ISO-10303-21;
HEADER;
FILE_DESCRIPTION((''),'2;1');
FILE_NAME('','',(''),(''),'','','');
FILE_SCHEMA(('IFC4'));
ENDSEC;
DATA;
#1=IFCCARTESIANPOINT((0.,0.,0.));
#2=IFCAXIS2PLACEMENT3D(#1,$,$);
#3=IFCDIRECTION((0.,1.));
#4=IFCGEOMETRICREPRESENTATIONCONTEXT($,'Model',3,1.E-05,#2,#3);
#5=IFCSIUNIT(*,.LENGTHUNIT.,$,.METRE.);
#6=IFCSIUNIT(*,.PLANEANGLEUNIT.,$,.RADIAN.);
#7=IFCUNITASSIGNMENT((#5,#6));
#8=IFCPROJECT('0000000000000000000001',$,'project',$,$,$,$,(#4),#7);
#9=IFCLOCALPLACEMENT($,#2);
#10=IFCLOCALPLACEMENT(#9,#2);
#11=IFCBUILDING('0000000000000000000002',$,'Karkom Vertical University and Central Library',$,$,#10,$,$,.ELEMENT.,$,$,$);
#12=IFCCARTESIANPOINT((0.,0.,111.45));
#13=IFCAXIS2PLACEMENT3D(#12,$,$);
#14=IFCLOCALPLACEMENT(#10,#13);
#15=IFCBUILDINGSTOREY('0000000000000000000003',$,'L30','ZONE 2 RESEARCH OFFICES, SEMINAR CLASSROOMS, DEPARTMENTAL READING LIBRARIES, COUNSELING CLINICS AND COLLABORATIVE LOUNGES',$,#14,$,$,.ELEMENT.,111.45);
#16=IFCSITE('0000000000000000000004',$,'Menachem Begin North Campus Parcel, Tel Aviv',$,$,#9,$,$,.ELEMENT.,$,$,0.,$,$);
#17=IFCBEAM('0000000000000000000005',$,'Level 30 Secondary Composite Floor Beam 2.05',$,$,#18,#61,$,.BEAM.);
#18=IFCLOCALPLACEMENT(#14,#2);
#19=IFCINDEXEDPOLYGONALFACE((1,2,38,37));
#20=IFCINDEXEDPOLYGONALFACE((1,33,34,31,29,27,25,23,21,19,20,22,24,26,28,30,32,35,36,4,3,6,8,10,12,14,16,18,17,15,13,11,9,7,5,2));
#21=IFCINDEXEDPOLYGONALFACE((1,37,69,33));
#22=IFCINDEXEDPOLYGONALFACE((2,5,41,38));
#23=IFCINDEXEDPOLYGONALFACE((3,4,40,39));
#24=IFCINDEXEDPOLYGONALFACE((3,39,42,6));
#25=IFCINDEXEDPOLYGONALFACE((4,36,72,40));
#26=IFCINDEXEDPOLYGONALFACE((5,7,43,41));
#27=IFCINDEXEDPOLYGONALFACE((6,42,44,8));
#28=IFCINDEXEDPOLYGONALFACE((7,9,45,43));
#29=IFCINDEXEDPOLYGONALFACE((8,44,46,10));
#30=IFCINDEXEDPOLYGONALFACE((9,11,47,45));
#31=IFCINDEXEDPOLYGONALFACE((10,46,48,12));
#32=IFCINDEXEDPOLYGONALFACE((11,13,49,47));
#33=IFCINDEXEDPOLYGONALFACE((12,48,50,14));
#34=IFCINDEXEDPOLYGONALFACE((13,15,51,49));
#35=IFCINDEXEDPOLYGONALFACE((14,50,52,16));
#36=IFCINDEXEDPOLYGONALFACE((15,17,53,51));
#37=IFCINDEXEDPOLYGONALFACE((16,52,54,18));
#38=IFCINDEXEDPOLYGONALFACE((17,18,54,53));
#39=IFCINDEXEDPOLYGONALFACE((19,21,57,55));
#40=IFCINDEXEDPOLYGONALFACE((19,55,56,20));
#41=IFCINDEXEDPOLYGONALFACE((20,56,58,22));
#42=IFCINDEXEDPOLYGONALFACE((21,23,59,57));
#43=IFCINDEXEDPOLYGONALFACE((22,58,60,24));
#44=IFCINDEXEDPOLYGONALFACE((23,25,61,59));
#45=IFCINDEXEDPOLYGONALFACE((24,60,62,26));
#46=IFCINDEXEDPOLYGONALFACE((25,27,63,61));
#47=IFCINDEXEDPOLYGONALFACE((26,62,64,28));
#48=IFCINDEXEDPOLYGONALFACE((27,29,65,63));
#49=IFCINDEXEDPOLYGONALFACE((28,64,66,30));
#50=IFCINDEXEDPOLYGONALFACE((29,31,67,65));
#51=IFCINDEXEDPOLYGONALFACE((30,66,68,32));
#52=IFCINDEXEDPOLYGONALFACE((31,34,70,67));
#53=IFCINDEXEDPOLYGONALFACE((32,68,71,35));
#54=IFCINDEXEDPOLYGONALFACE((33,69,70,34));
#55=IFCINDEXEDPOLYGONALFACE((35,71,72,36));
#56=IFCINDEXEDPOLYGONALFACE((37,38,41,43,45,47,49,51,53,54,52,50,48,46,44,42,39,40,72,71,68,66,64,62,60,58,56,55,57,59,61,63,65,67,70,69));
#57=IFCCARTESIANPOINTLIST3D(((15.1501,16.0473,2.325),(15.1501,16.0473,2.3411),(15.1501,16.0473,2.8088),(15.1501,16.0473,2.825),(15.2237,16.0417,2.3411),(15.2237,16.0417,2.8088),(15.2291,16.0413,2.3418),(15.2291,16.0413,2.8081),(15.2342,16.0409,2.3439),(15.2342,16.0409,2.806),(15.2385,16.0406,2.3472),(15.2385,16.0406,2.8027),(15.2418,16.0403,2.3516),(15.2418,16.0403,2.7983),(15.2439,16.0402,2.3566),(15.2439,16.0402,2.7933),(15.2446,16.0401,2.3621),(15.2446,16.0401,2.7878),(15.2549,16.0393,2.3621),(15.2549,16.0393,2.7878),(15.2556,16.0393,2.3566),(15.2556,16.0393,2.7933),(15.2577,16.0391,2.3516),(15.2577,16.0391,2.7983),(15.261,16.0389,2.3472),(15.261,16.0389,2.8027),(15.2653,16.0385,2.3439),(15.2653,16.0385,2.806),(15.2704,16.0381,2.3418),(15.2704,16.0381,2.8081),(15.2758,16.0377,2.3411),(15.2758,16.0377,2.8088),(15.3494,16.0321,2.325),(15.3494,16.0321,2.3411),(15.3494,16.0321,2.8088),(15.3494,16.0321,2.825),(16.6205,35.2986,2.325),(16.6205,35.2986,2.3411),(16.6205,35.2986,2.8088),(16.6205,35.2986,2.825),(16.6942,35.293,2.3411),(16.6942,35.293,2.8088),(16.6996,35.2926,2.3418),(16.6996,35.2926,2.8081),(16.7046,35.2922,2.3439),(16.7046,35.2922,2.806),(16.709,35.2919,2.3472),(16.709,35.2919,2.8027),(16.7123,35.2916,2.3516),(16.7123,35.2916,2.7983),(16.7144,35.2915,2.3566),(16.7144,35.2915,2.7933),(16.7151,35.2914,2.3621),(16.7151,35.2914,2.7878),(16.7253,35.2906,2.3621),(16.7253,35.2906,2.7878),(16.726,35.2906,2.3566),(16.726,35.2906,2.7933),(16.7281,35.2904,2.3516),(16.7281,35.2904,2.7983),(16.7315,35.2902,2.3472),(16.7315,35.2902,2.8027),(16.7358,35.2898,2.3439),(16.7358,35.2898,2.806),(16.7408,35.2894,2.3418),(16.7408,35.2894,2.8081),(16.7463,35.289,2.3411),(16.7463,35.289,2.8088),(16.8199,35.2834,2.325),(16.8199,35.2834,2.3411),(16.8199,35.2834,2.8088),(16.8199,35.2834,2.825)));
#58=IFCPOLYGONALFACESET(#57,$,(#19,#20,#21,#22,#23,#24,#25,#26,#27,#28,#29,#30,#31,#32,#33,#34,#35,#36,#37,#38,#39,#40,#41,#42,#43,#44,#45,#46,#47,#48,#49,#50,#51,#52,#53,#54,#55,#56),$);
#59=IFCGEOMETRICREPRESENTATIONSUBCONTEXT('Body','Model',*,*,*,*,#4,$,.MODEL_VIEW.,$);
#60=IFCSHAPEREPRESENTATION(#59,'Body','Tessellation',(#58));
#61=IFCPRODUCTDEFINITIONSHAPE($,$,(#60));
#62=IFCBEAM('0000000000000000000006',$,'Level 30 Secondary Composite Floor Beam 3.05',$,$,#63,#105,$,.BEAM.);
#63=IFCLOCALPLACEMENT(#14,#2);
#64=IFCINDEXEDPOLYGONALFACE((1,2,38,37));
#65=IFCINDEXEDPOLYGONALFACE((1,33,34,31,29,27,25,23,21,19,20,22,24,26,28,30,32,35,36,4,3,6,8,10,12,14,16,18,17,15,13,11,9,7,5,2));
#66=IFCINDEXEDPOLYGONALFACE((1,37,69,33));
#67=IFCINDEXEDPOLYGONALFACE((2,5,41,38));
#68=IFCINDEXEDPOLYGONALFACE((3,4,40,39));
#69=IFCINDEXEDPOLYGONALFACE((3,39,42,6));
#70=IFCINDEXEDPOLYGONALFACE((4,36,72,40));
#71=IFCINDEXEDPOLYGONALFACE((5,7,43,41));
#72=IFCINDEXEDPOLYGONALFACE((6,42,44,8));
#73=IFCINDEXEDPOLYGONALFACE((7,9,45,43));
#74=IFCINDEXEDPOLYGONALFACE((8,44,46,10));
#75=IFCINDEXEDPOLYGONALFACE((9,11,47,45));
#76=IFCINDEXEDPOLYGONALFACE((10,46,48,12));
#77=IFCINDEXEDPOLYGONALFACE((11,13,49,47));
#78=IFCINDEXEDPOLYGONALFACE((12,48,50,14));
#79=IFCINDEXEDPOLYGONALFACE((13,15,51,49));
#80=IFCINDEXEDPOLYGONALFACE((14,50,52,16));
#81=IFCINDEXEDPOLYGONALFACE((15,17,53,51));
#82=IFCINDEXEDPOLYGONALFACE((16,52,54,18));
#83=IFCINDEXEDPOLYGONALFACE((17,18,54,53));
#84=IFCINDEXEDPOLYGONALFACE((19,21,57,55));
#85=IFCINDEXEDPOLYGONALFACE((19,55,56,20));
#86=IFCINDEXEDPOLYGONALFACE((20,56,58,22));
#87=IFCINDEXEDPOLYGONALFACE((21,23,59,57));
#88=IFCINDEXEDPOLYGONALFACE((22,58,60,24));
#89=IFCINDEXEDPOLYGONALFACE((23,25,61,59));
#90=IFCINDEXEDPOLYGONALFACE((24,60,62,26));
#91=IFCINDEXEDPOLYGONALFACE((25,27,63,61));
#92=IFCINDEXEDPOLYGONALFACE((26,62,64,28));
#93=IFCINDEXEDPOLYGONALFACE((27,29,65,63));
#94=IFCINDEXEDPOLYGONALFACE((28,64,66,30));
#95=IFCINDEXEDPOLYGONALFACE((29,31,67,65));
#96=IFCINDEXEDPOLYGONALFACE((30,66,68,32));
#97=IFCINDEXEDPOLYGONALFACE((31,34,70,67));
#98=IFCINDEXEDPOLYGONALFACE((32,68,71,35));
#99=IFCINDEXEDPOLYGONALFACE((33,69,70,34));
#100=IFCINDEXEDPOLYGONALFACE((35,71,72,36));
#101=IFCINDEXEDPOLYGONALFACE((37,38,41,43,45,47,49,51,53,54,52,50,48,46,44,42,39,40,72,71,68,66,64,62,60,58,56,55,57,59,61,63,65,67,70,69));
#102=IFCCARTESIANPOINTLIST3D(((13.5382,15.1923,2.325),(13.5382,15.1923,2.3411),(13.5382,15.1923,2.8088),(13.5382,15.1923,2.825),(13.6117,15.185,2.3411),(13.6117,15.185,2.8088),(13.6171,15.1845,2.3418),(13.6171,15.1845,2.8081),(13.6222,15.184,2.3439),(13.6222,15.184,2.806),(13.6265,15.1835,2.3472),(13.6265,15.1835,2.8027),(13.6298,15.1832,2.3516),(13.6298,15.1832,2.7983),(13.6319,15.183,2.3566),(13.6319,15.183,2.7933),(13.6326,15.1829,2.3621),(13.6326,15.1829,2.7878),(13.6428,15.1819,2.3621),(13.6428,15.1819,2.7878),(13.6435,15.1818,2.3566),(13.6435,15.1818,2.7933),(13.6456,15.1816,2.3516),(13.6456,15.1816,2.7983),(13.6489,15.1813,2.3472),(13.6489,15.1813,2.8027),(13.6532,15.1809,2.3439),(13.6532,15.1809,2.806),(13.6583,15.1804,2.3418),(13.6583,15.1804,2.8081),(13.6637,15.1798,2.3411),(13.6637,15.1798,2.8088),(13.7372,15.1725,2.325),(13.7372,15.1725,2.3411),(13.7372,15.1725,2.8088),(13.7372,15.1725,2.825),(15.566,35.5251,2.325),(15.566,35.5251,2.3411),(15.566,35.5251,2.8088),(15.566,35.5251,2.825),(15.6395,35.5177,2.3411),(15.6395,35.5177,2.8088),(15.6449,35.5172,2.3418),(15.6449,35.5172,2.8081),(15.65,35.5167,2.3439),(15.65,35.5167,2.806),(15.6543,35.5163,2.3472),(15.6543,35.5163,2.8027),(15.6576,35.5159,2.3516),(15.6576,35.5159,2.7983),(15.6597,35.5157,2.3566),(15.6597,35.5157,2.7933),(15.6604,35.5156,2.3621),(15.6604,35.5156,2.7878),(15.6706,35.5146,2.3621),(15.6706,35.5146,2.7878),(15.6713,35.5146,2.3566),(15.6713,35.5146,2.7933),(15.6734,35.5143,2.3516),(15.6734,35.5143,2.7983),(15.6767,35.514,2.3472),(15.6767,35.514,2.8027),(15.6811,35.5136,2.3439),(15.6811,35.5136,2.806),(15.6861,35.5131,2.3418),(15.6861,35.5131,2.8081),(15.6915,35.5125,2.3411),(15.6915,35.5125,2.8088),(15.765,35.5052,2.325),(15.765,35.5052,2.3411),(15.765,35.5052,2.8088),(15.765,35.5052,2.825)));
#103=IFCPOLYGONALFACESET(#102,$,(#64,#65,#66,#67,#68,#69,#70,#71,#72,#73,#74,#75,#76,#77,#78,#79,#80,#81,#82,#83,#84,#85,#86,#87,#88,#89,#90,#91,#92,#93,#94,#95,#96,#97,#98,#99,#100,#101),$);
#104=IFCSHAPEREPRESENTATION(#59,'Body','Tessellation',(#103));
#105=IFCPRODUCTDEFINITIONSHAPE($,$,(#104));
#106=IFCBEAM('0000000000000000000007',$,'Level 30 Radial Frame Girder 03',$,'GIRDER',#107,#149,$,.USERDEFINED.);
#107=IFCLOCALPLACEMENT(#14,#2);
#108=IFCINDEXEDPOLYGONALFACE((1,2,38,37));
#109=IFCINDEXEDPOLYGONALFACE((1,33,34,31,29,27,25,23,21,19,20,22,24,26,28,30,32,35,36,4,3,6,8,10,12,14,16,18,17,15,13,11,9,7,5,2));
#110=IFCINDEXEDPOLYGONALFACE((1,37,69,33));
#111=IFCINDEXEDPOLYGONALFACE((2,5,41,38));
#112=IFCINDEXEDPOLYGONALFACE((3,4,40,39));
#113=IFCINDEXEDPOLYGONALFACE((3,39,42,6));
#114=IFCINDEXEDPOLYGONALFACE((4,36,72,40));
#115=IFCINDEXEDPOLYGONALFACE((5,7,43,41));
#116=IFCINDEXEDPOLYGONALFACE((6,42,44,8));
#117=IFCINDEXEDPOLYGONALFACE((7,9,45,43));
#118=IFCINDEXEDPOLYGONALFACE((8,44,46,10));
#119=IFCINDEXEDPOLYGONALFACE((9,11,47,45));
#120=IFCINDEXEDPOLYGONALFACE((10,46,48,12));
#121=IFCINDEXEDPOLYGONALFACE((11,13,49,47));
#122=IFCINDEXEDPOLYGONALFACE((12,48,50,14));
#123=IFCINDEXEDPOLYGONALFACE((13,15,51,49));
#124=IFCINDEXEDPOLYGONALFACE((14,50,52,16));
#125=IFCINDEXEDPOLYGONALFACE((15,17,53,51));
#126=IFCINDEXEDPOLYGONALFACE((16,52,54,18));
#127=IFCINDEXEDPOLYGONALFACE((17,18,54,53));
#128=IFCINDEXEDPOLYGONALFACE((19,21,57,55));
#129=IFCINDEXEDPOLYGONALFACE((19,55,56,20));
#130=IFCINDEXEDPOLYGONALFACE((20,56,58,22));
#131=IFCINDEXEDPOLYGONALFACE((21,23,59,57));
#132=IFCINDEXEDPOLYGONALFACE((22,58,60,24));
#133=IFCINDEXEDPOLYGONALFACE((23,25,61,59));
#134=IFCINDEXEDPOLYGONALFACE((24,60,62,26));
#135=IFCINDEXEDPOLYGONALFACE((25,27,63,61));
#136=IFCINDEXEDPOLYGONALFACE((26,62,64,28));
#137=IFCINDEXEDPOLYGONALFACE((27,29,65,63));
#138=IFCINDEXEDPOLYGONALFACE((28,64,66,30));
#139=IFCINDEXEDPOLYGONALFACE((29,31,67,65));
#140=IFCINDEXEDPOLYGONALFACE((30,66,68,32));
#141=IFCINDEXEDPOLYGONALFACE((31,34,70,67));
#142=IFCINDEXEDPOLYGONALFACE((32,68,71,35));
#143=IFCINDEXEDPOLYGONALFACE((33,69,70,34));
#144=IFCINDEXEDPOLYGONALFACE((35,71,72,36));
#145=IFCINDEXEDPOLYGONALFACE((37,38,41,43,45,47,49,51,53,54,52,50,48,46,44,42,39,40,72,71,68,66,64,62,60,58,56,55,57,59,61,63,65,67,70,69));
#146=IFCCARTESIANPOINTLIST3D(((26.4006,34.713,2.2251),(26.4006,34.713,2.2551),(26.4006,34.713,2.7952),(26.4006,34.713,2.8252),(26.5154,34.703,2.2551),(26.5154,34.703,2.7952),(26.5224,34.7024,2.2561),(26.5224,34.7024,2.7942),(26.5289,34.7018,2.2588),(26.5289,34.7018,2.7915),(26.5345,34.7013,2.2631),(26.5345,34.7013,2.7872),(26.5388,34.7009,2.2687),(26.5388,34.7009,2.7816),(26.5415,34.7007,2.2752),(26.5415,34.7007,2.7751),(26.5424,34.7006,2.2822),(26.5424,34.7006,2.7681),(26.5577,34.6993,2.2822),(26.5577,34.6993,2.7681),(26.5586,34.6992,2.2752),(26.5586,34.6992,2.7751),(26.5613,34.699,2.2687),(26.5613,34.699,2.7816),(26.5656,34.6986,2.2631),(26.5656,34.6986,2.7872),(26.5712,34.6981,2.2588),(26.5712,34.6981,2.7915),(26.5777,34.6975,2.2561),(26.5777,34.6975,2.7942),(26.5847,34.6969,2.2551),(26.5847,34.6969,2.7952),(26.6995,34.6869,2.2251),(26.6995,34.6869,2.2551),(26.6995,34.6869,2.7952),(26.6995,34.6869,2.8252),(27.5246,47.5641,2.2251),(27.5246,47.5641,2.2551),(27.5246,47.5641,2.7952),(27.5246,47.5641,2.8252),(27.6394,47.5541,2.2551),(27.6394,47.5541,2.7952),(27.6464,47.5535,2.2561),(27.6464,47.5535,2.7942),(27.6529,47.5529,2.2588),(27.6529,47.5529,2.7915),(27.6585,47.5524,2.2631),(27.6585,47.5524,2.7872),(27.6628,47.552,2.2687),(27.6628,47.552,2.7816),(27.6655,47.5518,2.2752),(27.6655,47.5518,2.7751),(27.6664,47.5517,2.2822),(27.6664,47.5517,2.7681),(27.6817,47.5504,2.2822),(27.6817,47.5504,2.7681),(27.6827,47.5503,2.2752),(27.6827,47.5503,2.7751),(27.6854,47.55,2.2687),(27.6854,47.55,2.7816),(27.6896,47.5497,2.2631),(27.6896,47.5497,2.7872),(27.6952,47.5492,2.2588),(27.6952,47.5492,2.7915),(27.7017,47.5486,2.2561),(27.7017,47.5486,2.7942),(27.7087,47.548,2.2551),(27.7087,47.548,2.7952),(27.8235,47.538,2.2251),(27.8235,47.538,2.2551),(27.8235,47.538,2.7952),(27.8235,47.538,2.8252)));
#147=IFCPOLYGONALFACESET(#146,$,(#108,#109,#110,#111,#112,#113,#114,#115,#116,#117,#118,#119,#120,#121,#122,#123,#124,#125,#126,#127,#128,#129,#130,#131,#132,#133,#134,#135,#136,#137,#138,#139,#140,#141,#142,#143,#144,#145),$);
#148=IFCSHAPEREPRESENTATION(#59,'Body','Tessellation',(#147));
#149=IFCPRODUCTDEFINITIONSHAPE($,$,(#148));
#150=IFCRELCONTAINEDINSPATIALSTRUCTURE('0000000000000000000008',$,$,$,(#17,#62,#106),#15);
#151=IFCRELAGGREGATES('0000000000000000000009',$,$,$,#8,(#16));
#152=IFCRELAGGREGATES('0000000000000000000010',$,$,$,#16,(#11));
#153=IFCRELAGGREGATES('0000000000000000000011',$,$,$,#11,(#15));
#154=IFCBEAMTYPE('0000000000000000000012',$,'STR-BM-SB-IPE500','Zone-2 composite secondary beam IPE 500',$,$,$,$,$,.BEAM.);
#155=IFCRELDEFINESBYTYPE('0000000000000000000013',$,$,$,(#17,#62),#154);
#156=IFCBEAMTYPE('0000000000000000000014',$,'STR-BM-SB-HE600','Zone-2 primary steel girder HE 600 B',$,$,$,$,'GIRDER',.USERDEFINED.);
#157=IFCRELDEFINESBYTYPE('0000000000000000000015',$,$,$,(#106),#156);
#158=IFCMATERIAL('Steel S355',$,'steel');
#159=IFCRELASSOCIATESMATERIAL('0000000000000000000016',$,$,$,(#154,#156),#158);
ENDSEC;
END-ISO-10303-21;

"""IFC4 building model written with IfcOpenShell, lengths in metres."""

from ifc_helpers import new_model, si_unit, direction, frame, origin, origin_with_axes, origin_2d, place, context, subcontext, project, spatial, i_section, extrude, source, transform, mapped, material, material_profile, profile_set, type_object, element, save


model = new_model("IFC4")

# Units and contexts
model_context = context("Model", 3, precision=1e-05, world=origin(), true_north=direction((0.0, 1.0)))
body_context = subcontext(model_context, "Body", "Model", "MODEL_VIEW")
ifc_project = project(units=[si_unit("LENGTHUNIT", "METRE"), si_unit("PLANEANGLEUNIT", "RADIAN")], contexts=[model_context])

# Site, building, storey
site_placement = place(None, origin())
site = spatial("IfcSite", under=ifc_project, at=site_placement, Name="Menachem Begin North Campus Parcel, Tel Aviv", CompositionType="ELEMENT", RefElevation=0.0)
building_placement = place(site_placement, origin())
building = spatial("IfcBuilding", under=site, at=building_placement, Name="Karkom Vertical University and Central Library", CompositionType="ELEMENT")
storey_placement = place(building_placement, frame((0.0, 0.0, 111.45)))
storey = spatial("IfcBuildingStorey", under=building, at=storey_placement, Name="L30", Description="ZONE 2 RESEARCH OFFICES, SEMINAR CLASSROOMS, DEPARTMENTAL READING LIBRARIES, COUNSELING CLINICS AND COLLABORATIVE LOUNGES", CompositionType="ELEMENT", Elevation=111.45)

# Beams
ifc_material_1 = material(Name="Steel S355", Category="steel")
ifc_material_profile_1 = material_profile(ifc_material_1, i_section(OverallWidth=0.2, OverallDepth=0.5, WebThickness=0.0103, FlangeThickness=0.0161, FilletRadius=0.021, at=origin_2d()), Name="IPE 500")
ifc_profile_set_1 = profile_set([ifc_material_profile_1], Name="Steel S355")
beam_type_1 = type_object("IfcBeamType", Name="STR-BM-SB-IPE500", Description="Zone-2 composite secondary beam IPE 500", PredefinedType="BEAM", material=ifc_profile_set_1)
shared_shape_1 = source(origin_with_axes(), body_context, "Body", "SweptSolid", [
    extrude(i_section(OverallWidth=0.2, OverallDepth=0.5, WebThickness=0.0103, FlangeThickness=0.0161, FilletRadius=0.021, at=origin_2d()), origin(), (0.0, 0.0, 1.0), 19.3074),
])
beam_1_placement = place(storey_placement, frame((16.7202, 35.291, 2.575), z_axis=(-0.076161, -0.997096, 0.0), x_axis=(0.997096, -0.076161, 0.0)))
element("IfcBeam", 1, at=beam_1_placement, inside=storey, type_object=beam_type_1, Name="Level 30 Secondary Composite Floor Beam 2.05", PredefinedType="BEAM", context=body_context, shape_type="MappedRepresentation", body=[
    mapped(shared_shape_1, transform((0.0, 0.0, 0.0), scale=1.0)),
])
shared_shape_2 = source(origin_with_axes(), body_context, "Body", "SweptSolid", [
    extrude(i_section(OverallWidth=0.2, OverallDepth=0.5, WebThickness=0.0103, FlangeThickness=0.0161, FilletRadius=0.021, at=origin_2d()), origin(), (0.0, 0.0, 1.0), 20.4336),
])
beam_2_placement = place(storey_placement, frame((15.6655, 35.5151, 2.575), z_axis=(-0.09924, -0.995064, 0.0), x_axis=(0.995064, -0.09924, 0.0)))
element("IfcBeam", 2, at=beam_2_placement, inside=storey, type_object=beam_type_1, Name="Level 30 Secondary Composite Floor Beam 3.05", PredefinedType="BEAM", context=body_context, shape_type="MappedRepresentation", body=[
    mapped(shared_shape_2, transform((0.0, 0.0, 0.0), scale=1.0)),
])
ifc_material_profile_2 = material_profile(ifc_material_1, i_section(OverallWidth=0.3, OverallDepth=0.6001, WebThickness=0.0154, FlangeThickness=0.03, FilletRadius=0.0271, at=origin_2d()), Name="HE 600 B")
ifc_profile_set_2 = profile_set([ifc_material_profile_2], Name="Steel S355")
beam_type_2 = type_object("IfcBeamType", Name="STR-BM-SB-HE600", Description="Zone-2 primary steel girder HE 600 B", ElementType="GIRDER", PredefinedType="USERDEFINED", material=ifc_profile_set_2)
shared_shape_3 = source(origin_with_axes(), body_context, "Body", "SweptSolid", [
    extrude(i_section(OverallWidth=0.3, OverallDepth=0.6001, WebThickness=0.0154, FlangeThickness=0.03, FilletRadius=0.0271, at=origin_2d()), origin(), (0.0, 0.0, 1.0), 12.9001),
])
beam_3_placement = place(storey_placement, frame((26.55, 34.7, 2.5251), z_axis=(0.087133, 0.996197, 0.0), x_axis=(-0.996197, 0.087133, 0.0)))
element("IfcBeam", 3, at=beam_3_placement, inside=storey, type_object=beam_type_2, Name="Level 30 Radial Frame Girder 03", ObjectType="GIRDER", PredefinedType="USERDEFINED", context=body_context, shape_type="MappedRepresentation", body=[
    mapped(shared_shape_3, transform((0.0, 0.0, 0.0), scale=1.0)),
])

save(model, "model.ifc")
